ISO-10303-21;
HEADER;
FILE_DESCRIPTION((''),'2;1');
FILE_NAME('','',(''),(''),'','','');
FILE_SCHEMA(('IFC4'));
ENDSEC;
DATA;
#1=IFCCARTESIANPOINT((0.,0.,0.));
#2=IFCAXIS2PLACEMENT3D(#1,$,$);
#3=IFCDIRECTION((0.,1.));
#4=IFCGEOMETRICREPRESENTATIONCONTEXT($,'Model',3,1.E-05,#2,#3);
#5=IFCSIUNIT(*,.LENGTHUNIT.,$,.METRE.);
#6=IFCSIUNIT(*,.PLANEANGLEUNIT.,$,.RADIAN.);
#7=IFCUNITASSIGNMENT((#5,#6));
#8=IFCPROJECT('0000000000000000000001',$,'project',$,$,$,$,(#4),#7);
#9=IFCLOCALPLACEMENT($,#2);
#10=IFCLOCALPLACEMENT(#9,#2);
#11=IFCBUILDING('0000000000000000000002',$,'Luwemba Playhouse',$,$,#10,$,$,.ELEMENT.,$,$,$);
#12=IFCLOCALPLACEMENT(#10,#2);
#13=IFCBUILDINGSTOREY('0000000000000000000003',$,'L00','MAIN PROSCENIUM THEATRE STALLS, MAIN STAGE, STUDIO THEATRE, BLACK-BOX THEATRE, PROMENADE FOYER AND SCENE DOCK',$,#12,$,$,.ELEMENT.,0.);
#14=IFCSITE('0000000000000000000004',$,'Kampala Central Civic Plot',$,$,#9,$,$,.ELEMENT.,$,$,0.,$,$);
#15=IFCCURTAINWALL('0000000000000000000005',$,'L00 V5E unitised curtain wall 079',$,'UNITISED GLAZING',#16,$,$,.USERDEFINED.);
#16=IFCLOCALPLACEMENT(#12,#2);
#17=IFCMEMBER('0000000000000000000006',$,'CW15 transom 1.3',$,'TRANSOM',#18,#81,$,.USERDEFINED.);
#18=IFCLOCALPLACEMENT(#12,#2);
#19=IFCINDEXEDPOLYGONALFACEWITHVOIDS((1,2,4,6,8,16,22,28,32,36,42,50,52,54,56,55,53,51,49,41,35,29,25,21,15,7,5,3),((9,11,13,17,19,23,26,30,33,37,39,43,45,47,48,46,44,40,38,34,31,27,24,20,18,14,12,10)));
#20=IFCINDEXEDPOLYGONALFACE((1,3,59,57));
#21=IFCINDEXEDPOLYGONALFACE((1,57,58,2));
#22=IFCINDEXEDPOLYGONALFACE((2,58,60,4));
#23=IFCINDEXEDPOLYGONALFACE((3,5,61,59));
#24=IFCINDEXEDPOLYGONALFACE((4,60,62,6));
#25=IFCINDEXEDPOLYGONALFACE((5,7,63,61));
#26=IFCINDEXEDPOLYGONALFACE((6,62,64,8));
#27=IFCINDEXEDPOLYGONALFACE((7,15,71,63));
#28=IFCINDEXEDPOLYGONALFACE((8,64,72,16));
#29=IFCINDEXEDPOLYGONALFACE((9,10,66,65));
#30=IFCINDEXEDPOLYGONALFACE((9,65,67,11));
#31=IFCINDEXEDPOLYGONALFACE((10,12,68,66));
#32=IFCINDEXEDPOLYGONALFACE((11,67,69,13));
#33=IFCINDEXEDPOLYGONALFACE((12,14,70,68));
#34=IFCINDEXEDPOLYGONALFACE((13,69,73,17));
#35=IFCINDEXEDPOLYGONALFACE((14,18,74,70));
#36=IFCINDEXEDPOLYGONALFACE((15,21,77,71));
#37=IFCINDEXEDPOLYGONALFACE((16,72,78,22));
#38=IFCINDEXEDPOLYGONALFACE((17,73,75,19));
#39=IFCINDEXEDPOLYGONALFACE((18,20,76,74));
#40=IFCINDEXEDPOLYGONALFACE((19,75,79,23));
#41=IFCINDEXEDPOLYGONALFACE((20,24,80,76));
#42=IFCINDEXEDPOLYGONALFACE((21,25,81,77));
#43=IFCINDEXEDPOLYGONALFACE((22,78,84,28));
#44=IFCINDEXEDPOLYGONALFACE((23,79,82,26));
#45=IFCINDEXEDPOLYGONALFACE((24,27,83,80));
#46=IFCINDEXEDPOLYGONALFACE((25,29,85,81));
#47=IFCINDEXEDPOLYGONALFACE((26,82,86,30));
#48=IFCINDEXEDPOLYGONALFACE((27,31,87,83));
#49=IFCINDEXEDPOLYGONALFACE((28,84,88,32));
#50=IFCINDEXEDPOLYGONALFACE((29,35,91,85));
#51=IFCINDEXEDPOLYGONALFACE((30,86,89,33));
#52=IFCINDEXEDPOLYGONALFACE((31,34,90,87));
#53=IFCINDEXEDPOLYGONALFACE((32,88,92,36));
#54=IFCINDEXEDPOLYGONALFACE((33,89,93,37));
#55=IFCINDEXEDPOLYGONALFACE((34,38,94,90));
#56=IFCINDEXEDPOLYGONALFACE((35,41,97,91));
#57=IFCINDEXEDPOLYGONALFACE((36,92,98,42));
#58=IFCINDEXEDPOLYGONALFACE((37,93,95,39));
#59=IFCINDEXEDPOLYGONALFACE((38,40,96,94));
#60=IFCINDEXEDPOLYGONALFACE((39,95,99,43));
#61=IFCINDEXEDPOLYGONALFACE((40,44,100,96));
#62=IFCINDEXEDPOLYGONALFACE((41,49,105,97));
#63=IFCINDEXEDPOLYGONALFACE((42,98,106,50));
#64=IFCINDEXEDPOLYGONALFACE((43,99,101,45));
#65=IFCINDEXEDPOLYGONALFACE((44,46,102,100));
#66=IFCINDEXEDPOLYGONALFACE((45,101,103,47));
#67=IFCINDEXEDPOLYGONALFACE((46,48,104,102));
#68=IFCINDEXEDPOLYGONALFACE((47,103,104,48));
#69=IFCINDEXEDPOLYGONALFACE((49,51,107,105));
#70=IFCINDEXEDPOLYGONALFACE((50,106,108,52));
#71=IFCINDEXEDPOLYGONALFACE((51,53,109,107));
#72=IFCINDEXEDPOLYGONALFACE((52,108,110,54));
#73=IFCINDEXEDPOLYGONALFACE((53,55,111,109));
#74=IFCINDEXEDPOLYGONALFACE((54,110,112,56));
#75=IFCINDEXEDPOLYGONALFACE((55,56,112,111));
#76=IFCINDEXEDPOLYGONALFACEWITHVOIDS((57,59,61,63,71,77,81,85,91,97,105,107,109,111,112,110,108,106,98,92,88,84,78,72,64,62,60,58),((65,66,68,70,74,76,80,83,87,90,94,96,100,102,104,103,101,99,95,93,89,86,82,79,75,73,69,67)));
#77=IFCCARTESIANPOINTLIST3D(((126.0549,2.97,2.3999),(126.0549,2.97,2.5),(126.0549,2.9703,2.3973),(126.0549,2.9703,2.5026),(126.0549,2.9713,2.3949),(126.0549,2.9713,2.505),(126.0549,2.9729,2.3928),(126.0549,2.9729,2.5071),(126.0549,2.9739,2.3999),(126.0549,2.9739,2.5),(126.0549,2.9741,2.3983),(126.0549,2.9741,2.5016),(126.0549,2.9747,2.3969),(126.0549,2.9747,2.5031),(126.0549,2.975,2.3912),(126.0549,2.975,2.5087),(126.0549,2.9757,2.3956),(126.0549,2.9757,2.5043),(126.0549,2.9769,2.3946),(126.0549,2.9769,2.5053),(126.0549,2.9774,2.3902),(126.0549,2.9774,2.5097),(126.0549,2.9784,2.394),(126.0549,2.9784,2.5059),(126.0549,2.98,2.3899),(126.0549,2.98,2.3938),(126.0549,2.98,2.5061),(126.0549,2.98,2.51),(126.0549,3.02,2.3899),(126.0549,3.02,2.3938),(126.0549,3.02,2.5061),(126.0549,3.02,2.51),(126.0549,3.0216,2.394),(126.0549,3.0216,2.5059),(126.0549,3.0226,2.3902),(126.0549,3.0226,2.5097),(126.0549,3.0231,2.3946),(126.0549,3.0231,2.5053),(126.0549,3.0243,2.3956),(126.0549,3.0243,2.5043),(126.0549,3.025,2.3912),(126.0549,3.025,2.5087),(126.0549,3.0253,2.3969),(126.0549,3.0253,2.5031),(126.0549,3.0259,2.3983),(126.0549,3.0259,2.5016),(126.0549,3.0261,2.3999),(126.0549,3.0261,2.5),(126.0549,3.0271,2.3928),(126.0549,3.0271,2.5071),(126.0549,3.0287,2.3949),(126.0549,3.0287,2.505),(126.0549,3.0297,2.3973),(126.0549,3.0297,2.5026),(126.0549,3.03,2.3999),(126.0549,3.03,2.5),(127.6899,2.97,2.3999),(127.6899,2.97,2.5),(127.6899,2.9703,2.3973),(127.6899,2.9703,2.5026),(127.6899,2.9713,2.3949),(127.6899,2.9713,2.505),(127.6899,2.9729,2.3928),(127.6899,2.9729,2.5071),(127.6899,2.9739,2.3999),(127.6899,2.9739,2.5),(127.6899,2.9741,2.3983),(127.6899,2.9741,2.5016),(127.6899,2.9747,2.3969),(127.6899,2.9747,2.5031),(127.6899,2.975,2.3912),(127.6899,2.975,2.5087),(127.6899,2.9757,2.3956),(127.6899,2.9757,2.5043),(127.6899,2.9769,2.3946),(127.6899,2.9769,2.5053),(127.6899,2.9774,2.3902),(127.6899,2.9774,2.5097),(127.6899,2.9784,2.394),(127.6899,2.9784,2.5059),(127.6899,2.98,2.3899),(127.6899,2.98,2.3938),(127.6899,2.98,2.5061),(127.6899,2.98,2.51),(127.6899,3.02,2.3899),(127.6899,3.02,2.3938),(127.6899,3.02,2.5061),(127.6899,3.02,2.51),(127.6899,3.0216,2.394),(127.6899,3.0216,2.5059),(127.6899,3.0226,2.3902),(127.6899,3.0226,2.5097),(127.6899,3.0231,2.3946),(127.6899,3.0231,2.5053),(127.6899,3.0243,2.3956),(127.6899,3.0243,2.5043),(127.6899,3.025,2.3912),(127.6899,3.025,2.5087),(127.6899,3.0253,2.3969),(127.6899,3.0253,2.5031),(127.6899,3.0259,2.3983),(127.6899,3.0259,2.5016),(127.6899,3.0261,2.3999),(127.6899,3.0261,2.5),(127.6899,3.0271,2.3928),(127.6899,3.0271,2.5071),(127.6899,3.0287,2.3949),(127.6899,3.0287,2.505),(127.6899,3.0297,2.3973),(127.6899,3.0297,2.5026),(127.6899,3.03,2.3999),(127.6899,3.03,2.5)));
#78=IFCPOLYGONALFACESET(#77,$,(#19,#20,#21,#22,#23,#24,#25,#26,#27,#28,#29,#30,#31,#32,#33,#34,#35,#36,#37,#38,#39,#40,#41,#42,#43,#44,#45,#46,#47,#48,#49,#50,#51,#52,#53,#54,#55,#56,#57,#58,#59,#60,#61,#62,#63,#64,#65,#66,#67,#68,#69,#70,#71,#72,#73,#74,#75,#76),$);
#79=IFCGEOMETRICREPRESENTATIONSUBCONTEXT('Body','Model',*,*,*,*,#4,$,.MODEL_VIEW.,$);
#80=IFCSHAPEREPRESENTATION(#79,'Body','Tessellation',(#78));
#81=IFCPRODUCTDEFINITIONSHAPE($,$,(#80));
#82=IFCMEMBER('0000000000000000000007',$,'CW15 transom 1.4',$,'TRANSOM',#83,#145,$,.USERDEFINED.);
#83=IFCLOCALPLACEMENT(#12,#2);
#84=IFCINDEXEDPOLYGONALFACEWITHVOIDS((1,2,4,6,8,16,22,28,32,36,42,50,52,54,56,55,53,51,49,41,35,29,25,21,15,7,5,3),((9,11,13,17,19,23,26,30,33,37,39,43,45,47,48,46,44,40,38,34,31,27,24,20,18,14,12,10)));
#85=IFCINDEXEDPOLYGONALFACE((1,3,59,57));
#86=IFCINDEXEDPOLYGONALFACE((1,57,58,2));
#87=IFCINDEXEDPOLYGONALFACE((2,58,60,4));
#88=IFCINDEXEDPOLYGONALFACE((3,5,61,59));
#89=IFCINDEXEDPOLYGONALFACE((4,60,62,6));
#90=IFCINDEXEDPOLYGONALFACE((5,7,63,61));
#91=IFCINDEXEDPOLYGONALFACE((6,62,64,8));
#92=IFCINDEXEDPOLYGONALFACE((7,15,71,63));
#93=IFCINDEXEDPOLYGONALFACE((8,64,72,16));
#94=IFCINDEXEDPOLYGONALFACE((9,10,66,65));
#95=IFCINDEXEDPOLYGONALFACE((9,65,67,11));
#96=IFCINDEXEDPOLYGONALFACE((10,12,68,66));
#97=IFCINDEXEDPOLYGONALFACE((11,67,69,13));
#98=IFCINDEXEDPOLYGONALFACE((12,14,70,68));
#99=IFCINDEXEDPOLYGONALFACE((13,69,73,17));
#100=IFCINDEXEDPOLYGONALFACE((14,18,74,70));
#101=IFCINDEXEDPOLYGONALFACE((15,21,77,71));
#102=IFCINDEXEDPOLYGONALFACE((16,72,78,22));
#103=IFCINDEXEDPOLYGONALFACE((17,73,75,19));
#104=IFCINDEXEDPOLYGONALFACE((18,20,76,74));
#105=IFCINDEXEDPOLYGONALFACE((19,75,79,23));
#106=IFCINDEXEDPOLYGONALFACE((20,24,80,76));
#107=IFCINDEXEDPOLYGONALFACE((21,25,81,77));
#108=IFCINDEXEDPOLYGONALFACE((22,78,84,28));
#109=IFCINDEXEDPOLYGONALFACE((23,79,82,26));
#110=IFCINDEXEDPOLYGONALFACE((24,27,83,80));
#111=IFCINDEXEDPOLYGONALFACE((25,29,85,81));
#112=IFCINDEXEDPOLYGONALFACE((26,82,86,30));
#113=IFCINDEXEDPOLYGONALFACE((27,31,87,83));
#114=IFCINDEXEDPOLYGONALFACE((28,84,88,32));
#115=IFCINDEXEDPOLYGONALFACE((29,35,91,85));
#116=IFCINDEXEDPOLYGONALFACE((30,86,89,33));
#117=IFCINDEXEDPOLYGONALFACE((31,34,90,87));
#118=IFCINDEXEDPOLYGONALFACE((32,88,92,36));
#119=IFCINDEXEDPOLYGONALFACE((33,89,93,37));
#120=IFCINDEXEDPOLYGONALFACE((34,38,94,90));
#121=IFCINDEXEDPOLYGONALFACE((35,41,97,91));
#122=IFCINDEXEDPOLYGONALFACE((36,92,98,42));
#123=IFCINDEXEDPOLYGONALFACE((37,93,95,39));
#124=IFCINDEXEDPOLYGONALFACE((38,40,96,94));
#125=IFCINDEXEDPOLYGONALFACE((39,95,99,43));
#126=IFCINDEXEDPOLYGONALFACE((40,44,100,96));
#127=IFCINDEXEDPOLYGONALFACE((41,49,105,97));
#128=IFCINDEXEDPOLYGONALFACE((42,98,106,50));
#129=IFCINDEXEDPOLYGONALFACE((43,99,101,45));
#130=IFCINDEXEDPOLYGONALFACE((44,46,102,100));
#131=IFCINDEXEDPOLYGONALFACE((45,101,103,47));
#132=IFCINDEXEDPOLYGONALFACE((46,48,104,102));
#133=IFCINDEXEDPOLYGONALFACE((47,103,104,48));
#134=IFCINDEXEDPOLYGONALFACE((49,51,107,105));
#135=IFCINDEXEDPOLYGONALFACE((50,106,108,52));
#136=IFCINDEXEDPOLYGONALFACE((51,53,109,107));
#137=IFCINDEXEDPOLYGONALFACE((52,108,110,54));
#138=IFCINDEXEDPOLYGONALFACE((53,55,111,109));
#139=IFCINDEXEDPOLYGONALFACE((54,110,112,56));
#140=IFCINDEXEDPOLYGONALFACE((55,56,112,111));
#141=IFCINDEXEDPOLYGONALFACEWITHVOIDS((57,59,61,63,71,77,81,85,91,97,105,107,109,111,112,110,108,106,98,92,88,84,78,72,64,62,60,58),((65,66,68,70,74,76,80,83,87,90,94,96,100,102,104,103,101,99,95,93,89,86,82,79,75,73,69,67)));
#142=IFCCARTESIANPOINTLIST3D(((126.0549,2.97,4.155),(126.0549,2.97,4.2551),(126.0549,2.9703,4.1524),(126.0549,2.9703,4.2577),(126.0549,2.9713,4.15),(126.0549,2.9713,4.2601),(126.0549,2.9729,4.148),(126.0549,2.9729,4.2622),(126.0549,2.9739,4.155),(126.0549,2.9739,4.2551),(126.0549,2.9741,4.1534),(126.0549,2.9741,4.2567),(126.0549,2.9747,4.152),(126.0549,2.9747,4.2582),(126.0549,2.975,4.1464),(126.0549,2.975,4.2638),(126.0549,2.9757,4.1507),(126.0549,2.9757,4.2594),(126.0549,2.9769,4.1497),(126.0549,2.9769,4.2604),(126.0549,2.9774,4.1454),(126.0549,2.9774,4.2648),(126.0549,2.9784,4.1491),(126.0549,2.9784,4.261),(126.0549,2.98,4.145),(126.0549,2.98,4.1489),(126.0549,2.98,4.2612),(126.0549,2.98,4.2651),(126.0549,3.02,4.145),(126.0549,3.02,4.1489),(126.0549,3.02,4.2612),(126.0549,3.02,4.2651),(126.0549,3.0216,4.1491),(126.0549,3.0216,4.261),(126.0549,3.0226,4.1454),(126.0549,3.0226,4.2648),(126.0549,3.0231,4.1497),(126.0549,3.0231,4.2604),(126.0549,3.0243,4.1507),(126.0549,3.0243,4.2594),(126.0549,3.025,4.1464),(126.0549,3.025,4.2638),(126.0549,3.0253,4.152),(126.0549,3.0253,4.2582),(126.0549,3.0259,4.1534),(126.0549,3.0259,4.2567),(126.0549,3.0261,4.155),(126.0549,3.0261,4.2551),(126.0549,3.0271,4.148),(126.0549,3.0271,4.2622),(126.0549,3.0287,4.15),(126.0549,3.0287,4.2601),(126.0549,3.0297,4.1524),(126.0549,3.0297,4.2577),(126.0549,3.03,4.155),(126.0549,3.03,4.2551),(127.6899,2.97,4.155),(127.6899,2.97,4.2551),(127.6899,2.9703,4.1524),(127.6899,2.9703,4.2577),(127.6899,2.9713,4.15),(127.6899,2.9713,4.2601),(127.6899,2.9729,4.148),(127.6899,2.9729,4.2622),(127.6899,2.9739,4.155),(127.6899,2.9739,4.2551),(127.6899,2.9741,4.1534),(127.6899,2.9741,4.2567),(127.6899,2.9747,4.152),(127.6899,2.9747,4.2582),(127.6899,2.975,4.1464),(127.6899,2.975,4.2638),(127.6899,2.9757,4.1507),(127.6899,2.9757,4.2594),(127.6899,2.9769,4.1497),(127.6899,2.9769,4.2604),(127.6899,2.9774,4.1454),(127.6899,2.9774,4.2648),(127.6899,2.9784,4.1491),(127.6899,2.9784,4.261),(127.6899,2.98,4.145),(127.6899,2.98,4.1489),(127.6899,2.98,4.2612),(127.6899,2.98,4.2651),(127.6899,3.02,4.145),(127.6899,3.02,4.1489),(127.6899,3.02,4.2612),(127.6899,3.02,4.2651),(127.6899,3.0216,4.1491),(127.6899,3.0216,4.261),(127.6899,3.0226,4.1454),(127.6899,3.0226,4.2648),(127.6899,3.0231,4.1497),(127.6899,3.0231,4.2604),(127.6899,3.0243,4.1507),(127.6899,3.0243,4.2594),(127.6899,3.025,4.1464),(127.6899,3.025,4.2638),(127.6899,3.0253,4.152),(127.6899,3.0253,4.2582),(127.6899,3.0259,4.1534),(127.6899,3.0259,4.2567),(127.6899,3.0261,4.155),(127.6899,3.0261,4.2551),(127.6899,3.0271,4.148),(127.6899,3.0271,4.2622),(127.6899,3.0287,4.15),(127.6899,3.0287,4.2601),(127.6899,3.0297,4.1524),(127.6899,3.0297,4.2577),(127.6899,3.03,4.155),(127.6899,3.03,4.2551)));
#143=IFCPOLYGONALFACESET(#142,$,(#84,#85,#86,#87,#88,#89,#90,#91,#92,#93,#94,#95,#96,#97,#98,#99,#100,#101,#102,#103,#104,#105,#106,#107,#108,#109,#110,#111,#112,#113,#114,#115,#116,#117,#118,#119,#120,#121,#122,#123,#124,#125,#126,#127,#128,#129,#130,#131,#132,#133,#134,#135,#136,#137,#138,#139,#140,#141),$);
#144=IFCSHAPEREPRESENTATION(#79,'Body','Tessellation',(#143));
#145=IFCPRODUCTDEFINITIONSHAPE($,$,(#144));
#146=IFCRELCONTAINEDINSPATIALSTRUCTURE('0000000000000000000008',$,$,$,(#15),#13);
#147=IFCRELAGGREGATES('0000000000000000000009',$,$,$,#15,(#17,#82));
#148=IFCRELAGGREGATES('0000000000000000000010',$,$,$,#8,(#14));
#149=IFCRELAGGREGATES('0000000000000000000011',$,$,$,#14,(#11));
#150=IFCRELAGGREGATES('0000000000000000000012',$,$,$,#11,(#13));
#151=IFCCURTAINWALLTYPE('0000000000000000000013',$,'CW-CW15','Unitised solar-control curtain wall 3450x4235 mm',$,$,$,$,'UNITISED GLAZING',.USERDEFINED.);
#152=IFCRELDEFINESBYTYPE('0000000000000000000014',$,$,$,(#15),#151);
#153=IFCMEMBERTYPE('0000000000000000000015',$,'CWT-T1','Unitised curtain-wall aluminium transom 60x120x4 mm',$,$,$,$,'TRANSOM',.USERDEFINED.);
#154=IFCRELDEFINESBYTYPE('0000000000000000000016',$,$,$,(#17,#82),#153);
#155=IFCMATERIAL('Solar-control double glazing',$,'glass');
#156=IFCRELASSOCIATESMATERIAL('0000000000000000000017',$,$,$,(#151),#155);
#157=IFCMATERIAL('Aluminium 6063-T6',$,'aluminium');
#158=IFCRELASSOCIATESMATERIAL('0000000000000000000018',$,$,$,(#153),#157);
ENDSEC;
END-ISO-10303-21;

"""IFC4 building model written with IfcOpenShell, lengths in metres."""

from ifc_helpers import new_model, si_unit, direction, frame, origin, origin_2d, place, context, subcontext, project, spatial, hollow_rectangle, extrude, material, material_profile, profile_set, type_object, element, aggregate, save


model = new_model("IFC4")

# Units and contexts
model_context = context("Model", 3, precision=1e-05, world=origin(), true_north=direction((0.0, 1.0)))
body_context = subcontext(model_context, "Body", "Model", "MODEL_VIEW")
ifc_project = project(units=[si_unit("LENGTHUNIT", "METRE"), si_unit("PLANEANGLEUNIT", "RADIAN")], contexts=[model_context])

# Site, building, storey
site_placement = place(None, origin())
site = spatial("IfcSite", under=ifc_project, at=site_placement, Name="Kampala Central Civic Plot", CompositionType="ELEMENT", RefElevation=0.0)
building_placement = place(site_placement, origin())
building = spatial("IfcBuilding", under=site, at=building_placement, Name="Luwemba Playhouse", CompositionType="ELEMENT")
storey_placement = place(building_placement, origin())
storey = spatial("IfcBuildingStorey", under=building, at=storey_placement, Name="L00", Description="MAIN PROSCENIUM THEATRE STALLS, MAIN STAGE, STUDIO THEATRE, BLACK-BOX THEATRE, PROMENADE FOYER AND SCENE DOCK", CompositionType="ELEMENT", Elevation=0.0)

# Curtain wall
ifc_material_1 = material(Name="Solar-control double glazing", Category="glass")
curtain_wall_type_1 = type_object("IfcCurtainWallType", Name="CW-CW15", Description="Unitised solar-control curtain wall 3450x4235 mm", ElementType="UNITISED GLAZING", PredefinedType="USERDEFINED", material=ifc_material_1)
curtain_wall_1_placement = place(storey_placement, origin())
curtain_wall_1 = element("IfcCurtainWall", 1, at=curtain_wall_1_placement, inside=storey, type_object=curtain_wall_type_1, Name="L00 V5E unitised curtain wall 079", ObjectType="UNITISED GLAZING", PredefinedType="USERDEFINED")
ifc_material_2 = material(Name="Aluminium 6063-T6", Category="aluminium")

# Members
ifc_material_profile_1 = material_profile(ifc_material_2, hollow_rectangle(XDim=0.0601, YDim=0.1201, WallThickness=0.0039, InnerFilletRadius=0.0061, OuterFilletRadius=0.01, at=origin_2d()))
ifc_profile_set_1 = profile_set([ifc_material_profile_1], Name="Aluminium 6063-T6")
member_type_1 = type_object("IfcMemberType", Name="CWT-T1", Description="Unitised curtain-wall aluminium transom 60x120x4 mm", ElementType="TRANSOM", PredefinedType="USERDEFINED", material=ifc_profile_set_1)
member_1_placement = place(storey_placement, frame((127.6899, 3.0, 2.45), z_axis=(-1.0, 0.0, 0.0), x_axis=(0.0, -1.0, 0.0)))
member_1 = element("IfcMember", 2, at=member_1_placement, type_object=member_type_1, Name="CW15 transom 1.3", ObjectType="TRANSOM", PredefinedType="USERDEFINED", context=body_context, shape_type="SweptSolid", body=[
    extrude(hollow_rectangle(XDim=0.0601, YDim=0.1201, WallThickness=0.0039, InnerFilletRadius=0.0061, OuterFilletRadius=0.01, at=origin_2d()), origin(), (0.0, 0.0, 1.0), 1.635),
])
member_2_placement = place(storey_placement, frame((127.6899, 3.0, 4.2051), z_axis=(-1.0, 0.0, 0.0), x_axis=(0.0, -1.0, 0.0)))
member_2 = element("IfcMember", 3, at=member_2_placement, type_object=member_type_1, Name="CW15 transom 1.4", ObjectType="TRANSOM", PredefinedType="USERDEFINED", context=body_context, shape_type="SweptSolid", body=[
    extrude(hollow_rectangle(XDim=0.0601, YDim=0.1201, WallThickness=0.0039, InnerFilletRadius=0.0061, OuterFilletRadius=0.01, at=origin_2d()), origin(), (0.0, 0.0, 1.0), 1.635),
])

aggregate(curtain_wall_1, [member_1, member_2])

save(model, "model.ifc")
